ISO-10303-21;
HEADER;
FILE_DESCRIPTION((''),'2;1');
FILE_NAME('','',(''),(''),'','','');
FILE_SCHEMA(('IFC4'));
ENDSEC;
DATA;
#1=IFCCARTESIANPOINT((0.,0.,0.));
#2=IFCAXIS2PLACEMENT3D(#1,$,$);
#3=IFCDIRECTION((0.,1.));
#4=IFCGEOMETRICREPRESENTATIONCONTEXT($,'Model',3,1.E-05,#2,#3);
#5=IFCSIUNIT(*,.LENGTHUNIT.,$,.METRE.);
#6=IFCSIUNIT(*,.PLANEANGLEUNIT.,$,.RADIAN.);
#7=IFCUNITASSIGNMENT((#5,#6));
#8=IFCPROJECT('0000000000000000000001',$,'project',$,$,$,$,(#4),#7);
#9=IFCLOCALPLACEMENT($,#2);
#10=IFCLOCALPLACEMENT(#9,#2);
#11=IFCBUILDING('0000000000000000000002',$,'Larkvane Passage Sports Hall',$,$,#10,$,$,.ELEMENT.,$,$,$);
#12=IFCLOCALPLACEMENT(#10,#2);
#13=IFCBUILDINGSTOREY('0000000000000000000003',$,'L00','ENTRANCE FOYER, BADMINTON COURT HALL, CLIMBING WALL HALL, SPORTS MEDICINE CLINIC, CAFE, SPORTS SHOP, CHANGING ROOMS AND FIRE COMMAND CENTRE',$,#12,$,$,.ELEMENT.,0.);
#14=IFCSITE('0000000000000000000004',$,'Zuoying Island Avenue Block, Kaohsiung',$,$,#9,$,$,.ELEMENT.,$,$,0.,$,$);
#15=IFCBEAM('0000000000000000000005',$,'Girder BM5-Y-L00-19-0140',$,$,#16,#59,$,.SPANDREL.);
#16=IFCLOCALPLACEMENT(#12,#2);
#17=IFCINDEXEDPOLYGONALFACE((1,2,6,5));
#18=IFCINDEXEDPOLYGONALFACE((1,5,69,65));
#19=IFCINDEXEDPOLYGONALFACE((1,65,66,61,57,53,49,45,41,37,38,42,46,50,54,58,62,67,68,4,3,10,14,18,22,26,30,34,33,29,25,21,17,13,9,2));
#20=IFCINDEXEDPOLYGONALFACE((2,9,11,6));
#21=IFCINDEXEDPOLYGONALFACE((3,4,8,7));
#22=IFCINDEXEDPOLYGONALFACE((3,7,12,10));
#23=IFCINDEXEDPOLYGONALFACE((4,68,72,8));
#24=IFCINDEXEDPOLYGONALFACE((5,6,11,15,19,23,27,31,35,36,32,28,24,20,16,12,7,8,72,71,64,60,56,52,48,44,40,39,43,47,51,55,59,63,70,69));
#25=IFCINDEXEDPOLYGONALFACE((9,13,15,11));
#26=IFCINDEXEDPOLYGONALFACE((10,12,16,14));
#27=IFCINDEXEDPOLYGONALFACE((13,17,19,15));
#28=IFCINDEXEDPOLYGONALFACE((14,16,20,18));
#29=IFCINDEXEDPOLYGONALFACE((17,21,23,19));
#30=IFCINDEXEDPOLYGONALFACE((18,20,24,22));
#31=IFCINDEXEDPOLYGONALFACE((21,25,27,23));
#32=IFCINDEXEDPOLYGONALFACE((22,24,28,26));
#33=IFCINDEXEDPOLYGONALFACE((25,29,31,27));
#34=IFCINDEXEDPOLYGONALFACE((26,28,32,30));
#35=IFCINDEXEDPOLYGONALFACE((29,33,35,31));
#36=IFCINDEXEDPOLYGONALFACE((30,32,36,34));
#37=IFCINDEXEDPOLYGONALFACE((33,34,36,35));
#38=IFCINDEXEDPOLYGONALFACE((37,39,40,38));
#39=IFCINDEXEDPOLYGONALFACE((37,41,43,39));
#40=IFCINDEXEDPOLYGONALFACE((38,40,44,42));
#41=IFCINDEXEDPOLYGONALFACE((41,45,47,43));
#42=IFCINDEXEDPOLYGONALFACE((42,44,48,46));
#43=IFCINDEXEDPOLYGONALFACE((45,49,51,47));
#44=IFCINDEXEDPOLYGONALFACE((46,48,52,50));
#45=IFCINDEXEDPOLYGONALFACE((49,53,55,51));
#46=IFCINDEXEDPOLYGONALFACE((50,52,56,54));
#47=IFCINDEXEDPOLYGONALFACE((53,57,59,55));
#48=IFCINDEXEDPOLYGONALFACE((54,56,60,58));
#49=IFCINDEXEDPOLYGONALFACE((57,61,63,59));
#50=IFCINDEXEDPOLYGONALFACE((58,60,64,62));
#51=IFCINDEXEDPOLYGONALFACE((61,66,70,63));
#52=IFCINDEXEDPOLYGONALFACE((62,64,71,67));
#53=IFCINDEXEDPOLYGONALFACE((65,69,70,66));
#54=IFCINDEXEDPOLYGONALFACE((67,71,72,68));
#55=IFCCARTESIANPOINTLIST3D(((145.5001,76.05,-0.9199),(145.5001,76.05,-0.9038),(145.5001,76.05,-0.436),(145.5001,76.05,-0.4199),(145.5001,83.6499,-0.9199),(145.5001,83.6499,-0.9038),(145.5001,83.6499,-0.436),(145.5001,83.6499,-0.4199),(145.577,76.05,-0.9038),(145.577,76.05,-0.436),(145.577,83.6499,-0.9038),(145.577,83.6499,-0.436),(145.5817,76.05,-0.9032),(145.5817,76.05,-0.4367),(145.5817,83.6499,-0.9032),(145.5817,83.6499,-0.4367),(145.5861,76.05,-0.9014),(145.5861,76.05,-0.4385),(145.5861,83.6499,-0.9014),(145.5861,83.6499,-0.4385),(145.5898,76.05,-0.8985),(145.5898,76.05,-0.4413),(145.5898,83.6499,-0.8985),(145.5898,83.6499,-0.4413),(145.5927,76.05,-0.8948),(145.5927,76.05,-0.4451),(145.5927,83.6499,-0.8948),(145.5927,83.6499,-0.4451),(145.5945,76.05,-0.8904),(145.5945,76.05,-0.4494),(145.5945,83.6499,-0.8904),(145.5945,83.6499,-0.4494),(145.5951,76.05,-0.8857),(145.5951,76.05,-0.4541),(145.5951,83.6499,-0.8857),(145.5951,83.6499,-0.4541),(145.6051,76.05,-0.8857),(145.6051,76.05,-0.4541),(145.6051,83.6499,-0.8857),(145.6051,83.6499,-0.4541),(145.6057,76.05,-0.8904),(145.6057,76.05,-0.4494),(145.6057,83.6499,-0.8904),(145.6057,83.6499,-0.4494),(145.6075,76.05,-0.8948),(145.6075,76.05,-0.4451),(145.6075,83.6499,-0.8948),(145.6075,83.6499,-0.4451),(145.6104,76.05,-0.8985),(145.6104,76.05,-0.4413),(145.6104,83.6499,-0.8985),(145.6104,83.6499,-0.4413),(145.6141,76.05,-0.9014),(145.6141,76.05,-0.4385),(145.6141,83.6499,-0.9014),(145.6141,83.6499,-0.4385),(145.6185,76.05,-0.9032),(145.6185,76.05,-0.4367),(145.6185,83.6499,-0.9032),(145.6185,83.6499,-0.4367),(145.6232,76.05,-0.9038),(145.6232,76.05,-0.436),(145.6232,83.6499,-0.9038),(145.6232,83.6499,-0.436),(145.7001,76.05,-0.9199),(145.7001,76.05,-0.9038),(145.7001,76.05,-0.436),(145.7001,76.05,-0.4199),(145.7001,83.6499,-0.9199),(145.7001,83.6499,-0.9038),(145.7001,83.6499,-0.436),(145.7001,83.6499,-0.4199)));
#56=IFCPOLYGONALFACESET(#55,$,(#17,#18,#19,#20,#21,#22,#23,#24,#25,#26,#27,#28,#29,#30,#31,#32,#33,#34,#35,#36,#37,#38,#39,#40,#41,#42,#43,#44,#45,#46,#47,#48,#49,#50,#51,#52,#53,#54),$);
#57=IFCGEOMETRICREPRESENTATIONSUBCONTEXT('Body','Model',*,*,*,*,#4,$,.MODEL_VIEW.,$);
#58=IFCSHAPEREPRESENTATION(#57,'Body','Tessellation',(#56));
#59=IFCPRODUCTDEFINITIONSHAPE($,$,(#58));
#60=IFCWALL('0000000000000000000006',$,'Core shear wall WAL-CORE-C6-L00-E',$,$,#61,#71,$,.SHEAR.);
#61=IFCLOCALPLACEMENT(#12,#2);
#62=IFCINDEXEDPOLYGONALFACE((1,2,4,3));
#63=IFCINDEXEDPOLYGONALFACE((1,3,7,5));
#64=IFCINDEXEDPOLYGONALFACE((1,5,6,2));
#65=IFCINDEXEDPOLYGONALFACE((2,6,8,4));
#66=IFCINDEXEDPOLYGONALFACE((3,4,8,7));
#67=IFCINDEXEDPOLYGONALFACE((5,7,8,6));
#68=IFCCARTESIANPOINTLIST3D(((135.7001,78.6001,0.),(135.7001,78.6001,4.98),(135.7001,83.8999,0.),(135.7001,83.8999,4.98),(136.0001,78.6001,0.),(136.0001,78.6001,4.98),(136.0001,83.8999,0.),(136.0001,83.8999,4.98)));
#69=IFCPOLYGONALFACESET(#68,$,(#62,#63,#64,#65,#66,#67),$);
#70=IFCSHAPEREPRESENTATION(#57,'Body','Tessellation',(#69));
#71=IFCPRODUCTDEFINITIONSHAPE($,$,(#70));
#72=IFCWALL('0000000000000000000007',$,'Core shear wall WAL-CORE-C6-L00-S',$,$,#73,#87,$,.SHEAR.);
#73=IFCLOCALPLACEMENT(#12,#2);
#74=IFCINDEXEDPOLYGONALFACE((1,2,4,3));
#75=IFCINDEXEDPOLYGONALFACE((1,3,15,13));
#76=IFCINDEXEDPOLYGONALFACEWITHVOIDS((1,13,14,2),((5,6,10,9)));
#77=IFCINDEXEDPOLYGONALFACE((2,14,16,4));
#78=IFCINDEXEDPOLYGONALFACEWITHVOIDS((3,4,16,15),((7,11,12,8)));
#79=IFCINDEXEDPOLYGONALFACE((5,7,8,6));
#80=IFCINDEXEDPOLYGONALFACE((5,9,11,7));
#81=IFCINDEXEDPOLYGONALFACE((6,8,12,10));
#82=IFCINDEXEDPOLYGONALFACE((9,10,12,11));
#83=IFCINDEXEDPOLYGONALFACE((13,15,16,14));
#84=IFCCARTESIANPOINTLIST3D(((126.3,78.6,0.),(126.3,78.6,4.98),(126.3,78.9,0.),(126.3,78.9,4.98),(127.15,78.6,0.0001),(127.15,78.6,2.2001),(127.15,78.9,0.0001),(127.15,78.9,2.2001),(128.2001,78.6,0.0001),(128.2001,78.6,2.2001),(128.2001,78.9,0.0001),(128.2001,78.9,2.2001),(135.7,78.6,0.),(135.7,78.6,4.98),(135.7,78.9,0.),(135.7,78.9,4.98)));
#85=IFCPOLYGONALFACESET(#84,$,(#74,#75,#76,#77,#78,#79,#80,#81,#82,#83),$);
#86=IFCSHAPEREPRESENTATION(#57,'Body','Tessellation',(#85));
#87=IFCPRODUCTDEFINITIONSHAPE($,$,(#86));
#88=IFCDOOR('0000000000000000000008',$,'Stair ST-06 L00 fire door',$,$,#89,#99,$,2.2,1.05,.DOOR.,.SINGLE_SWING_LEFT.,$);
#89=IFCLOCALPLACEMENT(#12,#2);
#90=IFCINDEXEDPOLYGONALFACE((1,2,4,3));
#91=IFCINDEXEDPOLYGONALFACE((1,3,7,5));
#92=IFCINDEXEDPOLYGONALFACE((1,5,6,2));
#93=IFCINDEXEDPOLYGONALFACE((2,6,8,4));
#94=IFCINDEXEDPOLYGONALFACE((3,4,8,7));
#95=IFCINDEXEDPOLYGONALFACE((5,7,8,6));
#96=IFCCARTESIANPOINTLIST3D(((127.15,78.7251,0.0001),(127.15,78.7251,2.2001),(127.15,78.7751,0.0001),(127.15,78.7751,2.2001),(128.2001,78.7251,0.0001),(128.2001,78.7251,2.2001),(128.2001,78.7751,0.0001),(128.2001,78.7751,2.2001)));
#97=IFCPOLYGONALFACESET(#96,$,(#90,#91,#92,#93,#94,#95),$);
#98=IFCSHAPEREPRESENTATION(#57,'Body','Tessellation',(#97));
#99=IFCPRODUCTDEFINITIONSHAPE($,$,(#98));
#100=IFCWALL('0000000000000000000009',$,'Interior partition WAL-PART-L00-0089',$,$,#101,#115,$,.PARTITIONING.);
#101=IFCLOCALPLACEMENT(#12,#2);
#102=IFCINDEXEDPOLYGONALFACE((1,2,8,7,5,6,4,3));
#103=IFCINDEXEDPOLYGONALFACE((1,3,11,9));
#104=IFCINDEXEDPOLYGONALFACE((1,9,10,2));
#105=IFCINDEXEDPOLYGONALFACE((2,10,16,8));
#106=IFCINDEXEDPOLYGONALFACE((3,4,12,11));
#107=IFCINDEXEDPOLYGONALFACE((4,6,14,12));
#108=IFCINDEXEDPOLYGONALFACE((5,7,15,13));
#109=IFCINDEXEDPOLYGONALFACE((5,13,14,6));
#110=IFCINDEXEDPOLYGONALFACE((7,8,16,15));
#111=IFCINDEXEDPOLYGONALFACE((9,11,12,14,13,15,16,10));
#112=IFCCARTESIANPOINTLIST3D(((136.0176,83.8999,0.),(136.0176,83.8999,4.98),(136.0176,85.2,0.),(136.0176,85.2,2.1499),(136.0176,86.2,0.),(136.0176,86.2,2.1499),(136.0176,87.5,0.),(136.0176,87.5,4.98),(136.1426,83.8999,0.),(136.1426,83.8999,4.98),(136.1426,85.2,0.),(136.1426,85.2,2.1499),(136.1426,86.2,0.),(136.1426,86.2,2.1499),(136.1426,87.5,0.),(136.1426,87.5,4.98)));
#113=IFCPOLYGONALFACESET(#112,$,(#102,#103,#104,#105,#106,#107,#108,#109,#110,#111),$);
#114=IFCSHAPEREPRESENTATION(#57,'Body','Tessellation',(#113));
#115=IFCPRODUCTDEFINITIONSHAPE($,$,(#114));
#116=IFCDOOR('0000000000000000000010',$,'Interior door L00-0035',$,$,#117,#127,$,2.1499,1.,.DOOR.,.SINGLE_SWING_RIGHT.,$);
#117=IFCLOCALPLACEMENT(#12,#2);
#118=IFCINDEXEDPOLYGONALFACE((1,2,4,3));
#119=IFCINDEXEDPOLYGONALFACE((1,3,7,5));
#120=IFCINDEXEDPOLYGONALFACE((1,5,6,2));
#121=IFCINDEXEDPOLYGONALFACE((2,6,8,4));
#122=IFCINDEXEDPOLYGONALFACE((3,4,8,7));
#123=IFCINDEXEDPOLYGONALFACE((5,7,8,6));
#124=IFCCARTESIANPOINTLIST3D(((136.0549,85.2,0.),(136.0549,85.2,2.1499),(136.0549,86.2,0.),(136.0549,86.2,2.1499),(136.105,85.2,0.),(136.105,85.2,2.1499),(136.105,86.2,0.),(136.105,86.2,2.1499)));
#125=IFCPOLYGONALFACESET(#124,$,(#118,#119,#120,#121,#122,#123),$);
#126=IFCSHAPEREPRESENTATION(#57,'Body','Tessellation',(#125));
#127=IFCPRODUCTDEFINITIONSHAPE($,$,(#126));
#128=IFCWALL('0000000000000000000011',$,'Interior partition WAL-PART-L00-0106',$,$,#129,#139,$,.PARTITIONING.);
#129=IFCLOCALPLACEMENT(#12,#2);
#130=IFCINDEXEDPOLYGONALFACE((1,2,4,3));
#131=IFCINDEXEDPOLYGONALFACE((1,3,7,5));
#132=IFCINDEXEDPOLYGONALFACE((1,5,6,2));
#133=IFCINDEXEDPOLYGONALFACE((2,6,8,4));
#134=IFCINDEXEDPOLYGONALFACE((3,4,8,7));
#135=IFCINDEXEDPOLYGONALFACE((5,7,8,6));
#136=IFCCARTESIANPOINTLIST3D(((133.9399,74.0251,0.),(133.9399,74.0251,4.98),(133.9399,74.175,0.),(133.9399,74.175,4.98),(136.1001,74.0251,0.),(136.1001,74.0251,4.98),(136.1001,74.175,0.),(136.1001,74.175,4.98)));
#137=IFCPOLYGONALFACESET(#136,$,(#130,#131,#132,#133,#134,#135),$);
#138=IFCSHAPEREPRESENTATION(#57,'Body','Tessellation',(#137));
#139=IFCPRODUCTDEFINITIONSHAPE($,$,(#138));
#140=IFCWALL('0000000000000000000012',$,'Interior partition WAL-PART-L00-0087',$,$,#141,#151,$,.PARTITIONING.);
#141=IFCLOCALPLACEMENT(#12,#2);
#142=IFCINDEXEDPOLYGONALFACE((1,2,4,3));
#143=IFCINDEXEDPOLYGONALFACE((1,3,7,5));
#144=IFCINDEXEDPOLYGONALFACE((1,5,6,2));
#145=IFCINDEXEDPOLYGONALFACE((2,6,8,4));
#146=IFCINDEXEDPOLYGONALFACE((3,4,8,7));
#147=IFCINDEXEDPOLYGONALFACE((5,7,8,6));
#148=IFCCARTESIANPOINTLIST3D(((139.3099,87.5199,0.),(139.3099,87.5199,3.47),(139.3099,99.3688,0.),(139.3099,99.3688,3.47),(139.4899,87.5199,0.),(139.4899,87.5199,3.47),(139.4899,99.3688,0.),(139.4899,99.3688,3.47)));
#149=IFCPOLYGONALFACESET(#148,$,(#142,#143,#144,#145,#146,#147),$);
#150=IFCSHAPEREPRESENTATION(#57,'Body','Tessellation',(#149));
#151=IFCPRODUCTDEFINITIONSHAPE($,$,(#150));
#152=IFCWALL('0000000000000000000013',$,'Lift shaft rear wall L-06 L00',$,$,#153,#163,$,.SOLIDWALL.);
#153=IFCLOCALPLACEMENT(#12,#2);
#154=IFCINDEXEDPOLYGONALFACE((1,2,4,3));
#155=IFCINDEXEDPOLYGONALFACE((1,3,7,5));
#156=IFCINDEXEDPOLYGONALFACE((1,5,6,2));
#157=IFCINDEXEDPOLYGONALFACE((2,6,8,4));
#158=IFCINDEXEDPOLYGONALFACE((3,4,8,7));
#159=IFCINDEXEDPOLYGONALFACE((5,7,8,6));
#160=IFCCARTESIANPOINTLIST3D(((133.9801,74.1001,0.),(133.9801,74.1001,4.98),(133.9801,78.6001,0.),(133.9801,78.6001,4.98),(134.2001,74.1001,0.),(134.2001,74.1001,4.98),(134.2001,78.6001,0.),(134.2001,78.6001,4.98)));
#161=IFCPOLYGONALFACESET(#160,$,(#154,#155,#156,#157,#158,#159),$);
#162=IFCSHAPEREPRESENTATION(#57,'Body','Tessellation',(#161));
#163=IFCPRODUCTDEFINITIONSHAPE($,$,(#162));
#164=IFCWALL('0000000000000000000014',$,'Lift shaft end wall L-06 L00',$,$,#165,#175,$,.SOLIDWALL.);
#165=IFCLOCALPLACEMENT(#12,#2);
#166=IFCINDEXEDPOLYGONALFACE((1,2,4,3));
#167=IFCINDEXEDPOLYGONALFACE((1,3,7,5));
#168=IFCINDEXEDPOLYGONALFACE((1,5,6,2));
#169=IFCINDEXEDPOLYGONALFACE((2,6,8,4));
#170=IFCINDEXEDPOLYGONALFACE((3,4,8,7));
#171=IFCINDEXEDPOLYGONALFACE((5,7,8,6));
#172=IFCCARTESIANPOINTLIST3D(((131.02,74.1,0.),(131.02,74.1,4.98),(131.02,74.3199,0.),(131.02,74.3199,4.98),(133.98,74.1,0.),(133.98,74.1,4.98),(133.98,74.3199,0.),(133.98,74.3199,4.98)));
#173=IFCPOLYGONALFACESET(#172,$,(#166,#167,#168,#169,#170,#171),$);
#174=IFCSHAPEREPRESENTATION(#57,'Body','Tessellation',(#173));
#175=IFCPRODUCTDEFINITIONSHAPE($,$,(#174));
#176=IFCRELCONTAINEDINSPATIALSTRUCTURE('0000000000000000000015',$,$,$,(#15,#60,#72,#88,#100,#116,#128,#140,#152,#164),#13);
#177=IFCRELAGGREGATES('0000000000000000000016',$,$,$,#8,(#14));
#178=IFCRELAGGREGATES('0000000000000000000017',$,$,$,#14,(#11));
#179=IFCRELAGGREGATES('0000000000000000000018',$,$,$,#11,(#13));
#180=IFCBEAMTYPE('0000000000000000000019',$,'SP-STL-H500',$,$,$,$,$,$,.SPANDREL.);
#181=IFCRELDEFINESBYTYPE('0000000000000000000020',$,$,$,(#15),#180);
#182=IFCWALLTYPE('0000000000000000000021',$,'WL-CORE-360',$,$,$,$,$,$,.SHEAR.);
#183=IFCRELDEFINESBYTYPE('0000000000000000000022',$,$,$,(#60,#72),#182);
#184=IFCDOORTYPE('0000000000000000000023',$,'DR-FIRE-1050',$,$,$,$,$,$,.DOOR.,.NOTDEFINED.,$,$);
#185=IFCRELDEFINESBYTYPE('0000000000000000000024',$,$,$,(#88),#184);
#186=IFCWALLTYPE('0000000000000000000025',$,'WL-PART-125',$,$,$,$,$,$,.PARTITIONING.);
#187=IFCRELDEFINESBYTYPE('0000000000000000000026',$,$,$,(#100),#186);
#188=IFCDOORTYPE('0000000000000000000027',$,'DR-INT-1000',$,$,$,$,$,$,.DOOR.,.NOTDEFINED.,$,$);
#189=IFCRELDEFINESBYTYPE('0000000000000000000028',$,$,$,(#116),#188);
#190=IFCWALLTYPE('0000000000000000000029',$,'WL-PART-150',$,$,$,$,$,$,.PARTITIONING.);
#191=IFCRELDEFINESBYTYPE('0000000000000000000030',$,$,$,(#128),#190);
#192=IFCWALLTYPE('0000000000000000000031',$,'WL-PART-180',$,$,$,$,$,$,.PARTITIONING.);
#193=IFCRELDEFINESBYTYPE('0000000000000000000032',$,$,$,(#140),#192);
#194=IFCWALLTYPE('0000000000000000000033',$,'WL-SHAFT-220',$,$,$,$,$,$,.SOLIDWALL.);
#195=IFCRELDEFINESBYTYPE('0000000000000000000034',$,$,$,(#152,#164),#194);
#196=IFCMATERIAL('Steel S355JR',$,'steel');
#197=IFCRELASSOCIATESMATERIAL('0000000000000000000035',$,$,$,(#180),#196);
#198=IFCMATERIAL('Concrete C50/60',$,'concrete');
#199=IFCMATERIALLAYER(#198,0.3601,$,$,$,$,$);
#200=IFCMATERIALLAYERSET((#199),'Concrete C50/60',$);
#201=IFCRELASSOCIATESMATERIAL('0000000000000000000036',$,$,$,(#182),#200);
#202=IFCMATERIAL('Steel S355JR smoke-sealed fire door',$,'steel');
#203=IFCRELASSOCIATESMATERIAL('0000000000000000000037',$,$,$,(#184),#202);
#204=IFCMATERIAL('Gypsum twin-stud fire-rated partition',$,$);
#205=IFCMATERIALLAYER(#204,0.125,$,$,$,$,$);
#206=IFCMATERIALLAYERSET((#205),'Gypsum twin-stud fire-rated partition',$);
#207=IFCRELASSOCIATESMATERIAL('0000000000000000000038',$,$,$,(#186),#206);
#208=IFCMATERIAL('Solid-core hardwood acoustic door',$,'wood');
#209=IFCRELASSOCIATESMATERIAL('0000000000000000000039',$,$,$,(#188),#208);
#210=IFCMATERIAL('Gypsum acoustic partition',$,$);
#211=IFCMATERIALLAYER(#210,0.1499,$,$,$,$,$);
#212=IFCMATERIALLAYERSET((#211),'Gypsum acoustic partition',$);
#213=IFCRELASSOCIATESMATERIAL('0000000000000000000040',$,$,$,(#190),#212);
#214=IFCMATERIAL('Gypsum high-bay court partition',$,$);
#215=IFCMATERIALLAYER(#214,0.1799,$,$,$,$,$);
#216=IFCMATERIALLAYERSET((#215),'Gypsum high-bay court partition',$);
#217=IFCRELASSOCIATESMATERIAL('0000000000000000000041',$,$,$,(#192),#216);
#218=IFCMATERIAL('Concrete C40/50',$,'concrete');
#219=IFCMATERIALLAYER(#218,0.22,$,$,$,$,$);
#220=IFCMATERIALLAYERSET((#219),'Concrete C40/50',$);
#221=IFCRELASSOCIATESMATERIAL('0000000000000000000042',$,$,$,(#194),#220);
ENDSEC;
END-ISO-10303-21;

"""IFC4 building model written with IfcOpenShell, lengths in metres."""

from ifc_helpers import new_model, si_unit, direction, frame, frame_2d, origin, origin_2d, place, context, subcontext, project, spatial, rectangle, i_section, extrude, material, layer, layer_set, material_profile, profile_set, type_object, element, fill, save


model = new_model("IFC4")

# Units and contexts
model_context = context("Model", 3, precision=1e-05, world=origin(), true_north=direction((0.0, 1.0)))
body_context = subcontext(model_context, "Body", "Model", "MODEL_VIEW")
ifc_project = project(units=[si_unit("LENGTHUNIT", "METRE"), si_unit("PLANEANGLEUNIT", "RADIAN")], contexts=[model_context])

# Site, building, storey
site_placement = place(None, origin())
site = spatial("IfcSite", under=ifc_project, at=site_placement, Name="Zuoying Island Avenue Block, Kaohsiung", CompositionType="ELEMENT", RefElevation=0.0)
building_placement = place(site_placement, origin())
building = spatial("IfcBuilding", under=site, at=building_placement, Name="Larkvane Passage Sports Hall", CompositionType="ELEMENT")
storey_placement = place(building_placement, origin())
storey = spatial("IfcBuildingStorey", under=building, at=storey_placement, Name="L00", Description="ENTRANCE FOYER, BADMINTON COURT HALL, CLIMBING WALL HALL, SPORTS MEDICINE CLINIC, CAFE, SPORTS SHOP, CHANGING ROOMS AND FIRE COMMAND CENTRE", CompositionType="ELEMENT", Elevation=0.0)

# Beam
ifc_material_1 = material(Name="Concrete C40/50", Category="concrete")
ifc_material_2 = material(Name="Concrete C50/60", Category="concrete")
ifc_material_3 = material(Name="Steel S355JR", Category="steel")
ifc_material_profile_1 = material_profile(ifc_material_3, i_section(OverallWidth=0.2, OverallDepth=0.5, WebThickness=0.01, FlangeThickness=0.0161, FilletRadius=0.0181, at=origin_2d()), Name="H-500x200x10x16")
ifc_profile_set_1 = profile_set([ifc_material_profile_1], Name="Steel S355JR")
beam_type_1 = type_object("IfcBeamType", Name="SP-STL-H500", PredefinedType="SPANDREL", material=ifc_profile_set_1)
beam_1_placement = place(storey_placement, frame((145.6001, 76.05, -0.6699), z_axis=(0.0, 1.0, 0.0), x_axis=(-1.0, 0.0, 0.0)))
element("IfcBeam", 1, at=beam_1_placement, inside=storey, type_object=beam_type_1, Name="Girder BM5-Y-L00-19-0140", PredefinedType="SPANDREL", context=body_context, shape_type="SweptSolid", body=[
    extrude(i_section(OverallWidth=0.2, OverallDepth=0.5, WebThickness=0.01, FlangeThickness=0.0161, FilletRadius=0.0181, at=origin_2d()), origin(), (0.0, 0.0, 1.0), 7.5999),
])

# Wall
ifc_layer_1 = layer(ifc_material_2, 0.3601)
ifc_layer_set_1 = layer_set([ifc_layer_1], Name="Concrete C50/60")
wall_type_1 = type_object("IfcWallType", Name="WL-CORE-360", PredefinedType="SHEAR", material=ifc_layer_set_1)
wall_1_placement = place(storey_placement, frame((135.8501, 83.8999, 0.0), z_axis=(0.0, 0.0, 1.0), x_axis=(0.0, -1.0, 0.0)))
element("IfcWall", 2, at=wall_1_placement, inside=storey, type_object=wall_type_1, Name="Core shear wall WAL-CORE-C6-L00-E", PredefinedType="SHEAR", context=body_context, shape_type="SweptSolid", body=[
    extrude(rectangle(XDim=5.2998, YDim=0.3, at=frame_2d((2.6499, 0.0))), origin(), (0.0, 0.0, 1.0), 4.98),
])

# Wall, opening, door
wall_2_placement = place(storey_placement, frame((135.7, 78.75, 0.0), z_axis=(0.0, 0.0, 1.0), x_axis=(-1.0, 0.0, 0.0)))
wall_2 = element("IfcWall", 3, at=wall_2_placement, inside=storey, type_object=wall_type_1, Name="Core shear wall WAL-CORE-C6-L00-S", PredefinedType="SHEAR", context=body_context, shape_type="SweptSolid", body=[
    extrude(rectangle(XDim=9.3999, YDim=0.3, at=frame_2d((4.7, 0.0))), origin(), (0.0, 0.0, 1.0), 4.98),
])
opening_1_placement = place(wall_2_placement, frame((7.5, 0.0, 0.0)))
opening_1 = element("IfcOpeningElement", 4, at=opening_1_placement, cuts=wall_2, PredefinedType="OPENING", context=body_context, shape_type="SweptSolid", body=[
    extrude(rectangle(XDim=1.05, YDim=2.2, at=frame_2d((0.5249, 1.1001))), frame((0.0, 0.1599, 0.0), z_axis=(0.0, -1.0, 0.0), x_axis=(1.0, 0.0, 0.0)), (0.0, 0.0, 1.0), 0.3201),
])
ifc_material_4 = material(Name="Steel S355JR smoke-sealed fire door", Category="steel")
door_type_1 = type_object("IfcDoorType", Name="DR-FIRE-1050", OperationType="NOTDEFINED", PredefinedType="DOOR", material=ifc_material_4)
door_1_placement = place(opening_1_placement, origin())
door_1 = element("IfcDoor", 5, at=door_1_placement, inside=storey, type_object=door_type_1, Name="Stair ST-06 L00 fire door", OperationType="SINGLE_SWING_LEFT", OverallHeight=2.2, OverallWidth=1.05, PredefinedType="DOOR", context=body_context, shape_type="SweptSolid", body=[
    extrude(rectangle(XDim=1.05, YDim=2.2, at=frame_2d((0.5249, 1.1001))), frame((0.0, 0.0249, 0.0), z_axis=(0.0, -1.0, 0.0), x_axis=(1.0, 0.0, 0.0)), (0.0, 0.0, 1.0), 0.05),
])
fill(opening_1, door_1)

# Wall, opening, door
ifc_material_5 = material(Name="Gypsum twin-stud fire-rated partition")
ifc_layer_2 = layer(ifc_material_5, 0.125)
ifc_layer_set_2 = layer_set([ifc_layer_2], Name="Gypsum twin-stud fire-rated partition")
wall_type_2 = type_object("IfcWallType", Name="WL-PART-125", PredefinedType="PARTITIONING", material=ifc_layer_set_2)
wall_3_placement = place(storey_placement, frame((136.0801, 87.5, 0.0), z_axis=(0.0, 0.0, 1.0), x_axis=(0.0, -1.0, 0.0)))
wall_3 = element("IfcWall", 6, at=wall_3_placement, inside=storey, type_object=wall_type_2, Name="Interior partition WAL-PART-L00-0089", PredefinedType="PARTITIONING", context=body_context, shape_type="SweptSolid", body=[
    extrude(rectangle(XDim=3.6001, YDim=0.125, at=frame_2d((1.8, 0.0))), origin(), (0.0, 0.0, 1.0), 4.98),
])
opening_2_placement = place(wall_3_placement, frame((1.3, 0.0, 0.0)))
opening_2 = element("IfcOpeningElement", 7, at=opening_2_placement, cuts=wall_3, PredefinedType="OPENING", context=body_context, shape_type="SweptSolid", body=[
    extrude(rectangle(XDim=1.0, YDim=2.1499, at=frame_2d((0.5, 1.075))), frame((0.0, 0.0725, 0.0), z_axis=(0.0, -1.0, 0.0), x_axis=(1.0, 0.0, 0.0)), (0.0, 0.0, 1.0), 0.145),
])
ifc_material_6 = material(Name="Solid-core hardwood acoustic door", Category="wood")
door_type_2 = type_object("IfcDoorType", Name="DR-INT-1000", OperationType="NOTDEFINED", PredefinedType="DOOR", material=ifc_material_6)
door_2_placement = place(opening_2_placement, origin())
door_2 = element("IfcDoor", 8, at=door_2_placement, inside=storey, type_object=door_type_2, Name="Interior door L00-0035", OperationType="SINGLE_SWING_RIGHT", OverallHeight=2.1499, OverallWidth=1.0, PredefinedType="DOOR", context=body_context, shape_type="SweptSolid", body=[
    extrude(rectangle(XDim=1.0, YDim=2.1499, at=frame_2d((0.5, 1.075))), frame((0.0, 0.0249, 0.0), z_axis=(0.0, -1.0, 0.0), x_axis=(1.0, 0.0, 0.0)), (0.0, 0.0, 1.0), 0.05),
])
fill(opening_2, door_2)

# Walls
ifc_material_7 = material(Name="Gypsum acoustic partition")
ifc_layer_3 = layer(ifc_material_7, 0.1499)
ifc_layer_set_3 = layer_set([ifc_layer_3], Name="Gypsum acoustic partition")
wall_type_3 = type_object("IfcWallType", Name="WL-PART-150", PredefinedType="PARTITIONING", material=ifc_layer_set_3)
wall_4_placement = place(storey_placement, frame((133.9399, 74.1001, 0.0), z_axis=(0.0, 0.0, 1.0), x_axis=(1.0, 0.0, 0.0)))
element("IfcWall", 9, at=wall_4_placement, inside=storey, type_object=wall_type_3, Name="Interior partition WAL-PART-L00-0106", PredefinedType="PARTITIONING", context=body_context, shape_type="SweptSolid", body=[
    extrude(rectangle(XDim=2.1602, YDim=0.1499, at=frame_2d((1.0801, 0.0))), origin(), (0.0, 0.0, 1.0), 4.98),
])
ifc_material_8 = material(Name="Gypsum high-bay court partition")
ifc_layer_4 = layer(ifc_material_8, 0.1799)
ifc_layer_set_4 = layer_set([ifc_layer_4], Name="Gypsum high-bay court partition")
wall_type_4 = type_object("IfcWallType", Name="WL-PART-180", PredefinedType="PARTITIONING", material=ifc_layer_set_4)
wall_5_placement = place(storey_placement, frame((139.3999, 87.52, 0.0), z_axis=(0.0, 0.0, 1.0), x_axis=(0.0, 1.0, 0.0)))
element("IfcWall", 10, at=wall_5_placement, inside=storey, type_object=wall_type_4, Name="Interior partition WAL-PART-L00-0087", PredefinedType="PARTITIONING", context=body_context, shape_type="SweptSolid", body=[
    extrude(rectangle(XDim=11.8489, YDim=0.1799, at=frame_2d((5.9243, 0.0))), origin(), (0.0, 0.0, 1.0), 3.47),
])
ifc_layer_5 = layer(ifc_material_1, 0.22)
ifc_layer_set_5 = layer_set([ifc_layer_5], Name="Concrete C40/50")
wall_type_5 = type_object("IfcWallType", Name="WL-SHAFT-220", PredefinedType="SOLIDWALL", material=ifc_layer_set_5)
wall_6_placement = place(storey_placement, frame((134.0901, 74.1001, 0.0), z_axis=(0.0, 0.0, 1.0), x_axis=(0.0, 1.0, 0.0)))
element("IfcWall", 11, at=wall_6_placement, inside=storey, type_object=wall_type_5, Name="Lift shaft rear wall L-06 L00", PredefinedType="SOLIDWALL", context=body_context, shape_type="SweptSolid", body=[
    extrude(rectangle(XDim=4.5, YDim=0.22, at=frame_2d((2.25, 0.0))), origin(), (0.0, 0.0, 1.0), 4.98),
])
wall_7_placement = place(storey_placement, frame((131.02, 74.21, 0.0), z_axis=(0.0, 0.0, 1.0), x_axis=(1.0, 0.0, 0.0)))
element("IfcWall", 12, at=wall_7_placement, inside=storey, type_object=wall_type_5, Name="Lift shaft end wall L-06 L00", PredefinedType="SOLIDWALL", context=body_context, shape_type="SweptSolid", body=[
    extrude(rectangle(XDim=2.96, YDim=0.22, at=frame_2d((1.48, 0.0))), origin(), (0.0, 0.0, 1.0), 4.98),
])

save(model, "model.ifc")
